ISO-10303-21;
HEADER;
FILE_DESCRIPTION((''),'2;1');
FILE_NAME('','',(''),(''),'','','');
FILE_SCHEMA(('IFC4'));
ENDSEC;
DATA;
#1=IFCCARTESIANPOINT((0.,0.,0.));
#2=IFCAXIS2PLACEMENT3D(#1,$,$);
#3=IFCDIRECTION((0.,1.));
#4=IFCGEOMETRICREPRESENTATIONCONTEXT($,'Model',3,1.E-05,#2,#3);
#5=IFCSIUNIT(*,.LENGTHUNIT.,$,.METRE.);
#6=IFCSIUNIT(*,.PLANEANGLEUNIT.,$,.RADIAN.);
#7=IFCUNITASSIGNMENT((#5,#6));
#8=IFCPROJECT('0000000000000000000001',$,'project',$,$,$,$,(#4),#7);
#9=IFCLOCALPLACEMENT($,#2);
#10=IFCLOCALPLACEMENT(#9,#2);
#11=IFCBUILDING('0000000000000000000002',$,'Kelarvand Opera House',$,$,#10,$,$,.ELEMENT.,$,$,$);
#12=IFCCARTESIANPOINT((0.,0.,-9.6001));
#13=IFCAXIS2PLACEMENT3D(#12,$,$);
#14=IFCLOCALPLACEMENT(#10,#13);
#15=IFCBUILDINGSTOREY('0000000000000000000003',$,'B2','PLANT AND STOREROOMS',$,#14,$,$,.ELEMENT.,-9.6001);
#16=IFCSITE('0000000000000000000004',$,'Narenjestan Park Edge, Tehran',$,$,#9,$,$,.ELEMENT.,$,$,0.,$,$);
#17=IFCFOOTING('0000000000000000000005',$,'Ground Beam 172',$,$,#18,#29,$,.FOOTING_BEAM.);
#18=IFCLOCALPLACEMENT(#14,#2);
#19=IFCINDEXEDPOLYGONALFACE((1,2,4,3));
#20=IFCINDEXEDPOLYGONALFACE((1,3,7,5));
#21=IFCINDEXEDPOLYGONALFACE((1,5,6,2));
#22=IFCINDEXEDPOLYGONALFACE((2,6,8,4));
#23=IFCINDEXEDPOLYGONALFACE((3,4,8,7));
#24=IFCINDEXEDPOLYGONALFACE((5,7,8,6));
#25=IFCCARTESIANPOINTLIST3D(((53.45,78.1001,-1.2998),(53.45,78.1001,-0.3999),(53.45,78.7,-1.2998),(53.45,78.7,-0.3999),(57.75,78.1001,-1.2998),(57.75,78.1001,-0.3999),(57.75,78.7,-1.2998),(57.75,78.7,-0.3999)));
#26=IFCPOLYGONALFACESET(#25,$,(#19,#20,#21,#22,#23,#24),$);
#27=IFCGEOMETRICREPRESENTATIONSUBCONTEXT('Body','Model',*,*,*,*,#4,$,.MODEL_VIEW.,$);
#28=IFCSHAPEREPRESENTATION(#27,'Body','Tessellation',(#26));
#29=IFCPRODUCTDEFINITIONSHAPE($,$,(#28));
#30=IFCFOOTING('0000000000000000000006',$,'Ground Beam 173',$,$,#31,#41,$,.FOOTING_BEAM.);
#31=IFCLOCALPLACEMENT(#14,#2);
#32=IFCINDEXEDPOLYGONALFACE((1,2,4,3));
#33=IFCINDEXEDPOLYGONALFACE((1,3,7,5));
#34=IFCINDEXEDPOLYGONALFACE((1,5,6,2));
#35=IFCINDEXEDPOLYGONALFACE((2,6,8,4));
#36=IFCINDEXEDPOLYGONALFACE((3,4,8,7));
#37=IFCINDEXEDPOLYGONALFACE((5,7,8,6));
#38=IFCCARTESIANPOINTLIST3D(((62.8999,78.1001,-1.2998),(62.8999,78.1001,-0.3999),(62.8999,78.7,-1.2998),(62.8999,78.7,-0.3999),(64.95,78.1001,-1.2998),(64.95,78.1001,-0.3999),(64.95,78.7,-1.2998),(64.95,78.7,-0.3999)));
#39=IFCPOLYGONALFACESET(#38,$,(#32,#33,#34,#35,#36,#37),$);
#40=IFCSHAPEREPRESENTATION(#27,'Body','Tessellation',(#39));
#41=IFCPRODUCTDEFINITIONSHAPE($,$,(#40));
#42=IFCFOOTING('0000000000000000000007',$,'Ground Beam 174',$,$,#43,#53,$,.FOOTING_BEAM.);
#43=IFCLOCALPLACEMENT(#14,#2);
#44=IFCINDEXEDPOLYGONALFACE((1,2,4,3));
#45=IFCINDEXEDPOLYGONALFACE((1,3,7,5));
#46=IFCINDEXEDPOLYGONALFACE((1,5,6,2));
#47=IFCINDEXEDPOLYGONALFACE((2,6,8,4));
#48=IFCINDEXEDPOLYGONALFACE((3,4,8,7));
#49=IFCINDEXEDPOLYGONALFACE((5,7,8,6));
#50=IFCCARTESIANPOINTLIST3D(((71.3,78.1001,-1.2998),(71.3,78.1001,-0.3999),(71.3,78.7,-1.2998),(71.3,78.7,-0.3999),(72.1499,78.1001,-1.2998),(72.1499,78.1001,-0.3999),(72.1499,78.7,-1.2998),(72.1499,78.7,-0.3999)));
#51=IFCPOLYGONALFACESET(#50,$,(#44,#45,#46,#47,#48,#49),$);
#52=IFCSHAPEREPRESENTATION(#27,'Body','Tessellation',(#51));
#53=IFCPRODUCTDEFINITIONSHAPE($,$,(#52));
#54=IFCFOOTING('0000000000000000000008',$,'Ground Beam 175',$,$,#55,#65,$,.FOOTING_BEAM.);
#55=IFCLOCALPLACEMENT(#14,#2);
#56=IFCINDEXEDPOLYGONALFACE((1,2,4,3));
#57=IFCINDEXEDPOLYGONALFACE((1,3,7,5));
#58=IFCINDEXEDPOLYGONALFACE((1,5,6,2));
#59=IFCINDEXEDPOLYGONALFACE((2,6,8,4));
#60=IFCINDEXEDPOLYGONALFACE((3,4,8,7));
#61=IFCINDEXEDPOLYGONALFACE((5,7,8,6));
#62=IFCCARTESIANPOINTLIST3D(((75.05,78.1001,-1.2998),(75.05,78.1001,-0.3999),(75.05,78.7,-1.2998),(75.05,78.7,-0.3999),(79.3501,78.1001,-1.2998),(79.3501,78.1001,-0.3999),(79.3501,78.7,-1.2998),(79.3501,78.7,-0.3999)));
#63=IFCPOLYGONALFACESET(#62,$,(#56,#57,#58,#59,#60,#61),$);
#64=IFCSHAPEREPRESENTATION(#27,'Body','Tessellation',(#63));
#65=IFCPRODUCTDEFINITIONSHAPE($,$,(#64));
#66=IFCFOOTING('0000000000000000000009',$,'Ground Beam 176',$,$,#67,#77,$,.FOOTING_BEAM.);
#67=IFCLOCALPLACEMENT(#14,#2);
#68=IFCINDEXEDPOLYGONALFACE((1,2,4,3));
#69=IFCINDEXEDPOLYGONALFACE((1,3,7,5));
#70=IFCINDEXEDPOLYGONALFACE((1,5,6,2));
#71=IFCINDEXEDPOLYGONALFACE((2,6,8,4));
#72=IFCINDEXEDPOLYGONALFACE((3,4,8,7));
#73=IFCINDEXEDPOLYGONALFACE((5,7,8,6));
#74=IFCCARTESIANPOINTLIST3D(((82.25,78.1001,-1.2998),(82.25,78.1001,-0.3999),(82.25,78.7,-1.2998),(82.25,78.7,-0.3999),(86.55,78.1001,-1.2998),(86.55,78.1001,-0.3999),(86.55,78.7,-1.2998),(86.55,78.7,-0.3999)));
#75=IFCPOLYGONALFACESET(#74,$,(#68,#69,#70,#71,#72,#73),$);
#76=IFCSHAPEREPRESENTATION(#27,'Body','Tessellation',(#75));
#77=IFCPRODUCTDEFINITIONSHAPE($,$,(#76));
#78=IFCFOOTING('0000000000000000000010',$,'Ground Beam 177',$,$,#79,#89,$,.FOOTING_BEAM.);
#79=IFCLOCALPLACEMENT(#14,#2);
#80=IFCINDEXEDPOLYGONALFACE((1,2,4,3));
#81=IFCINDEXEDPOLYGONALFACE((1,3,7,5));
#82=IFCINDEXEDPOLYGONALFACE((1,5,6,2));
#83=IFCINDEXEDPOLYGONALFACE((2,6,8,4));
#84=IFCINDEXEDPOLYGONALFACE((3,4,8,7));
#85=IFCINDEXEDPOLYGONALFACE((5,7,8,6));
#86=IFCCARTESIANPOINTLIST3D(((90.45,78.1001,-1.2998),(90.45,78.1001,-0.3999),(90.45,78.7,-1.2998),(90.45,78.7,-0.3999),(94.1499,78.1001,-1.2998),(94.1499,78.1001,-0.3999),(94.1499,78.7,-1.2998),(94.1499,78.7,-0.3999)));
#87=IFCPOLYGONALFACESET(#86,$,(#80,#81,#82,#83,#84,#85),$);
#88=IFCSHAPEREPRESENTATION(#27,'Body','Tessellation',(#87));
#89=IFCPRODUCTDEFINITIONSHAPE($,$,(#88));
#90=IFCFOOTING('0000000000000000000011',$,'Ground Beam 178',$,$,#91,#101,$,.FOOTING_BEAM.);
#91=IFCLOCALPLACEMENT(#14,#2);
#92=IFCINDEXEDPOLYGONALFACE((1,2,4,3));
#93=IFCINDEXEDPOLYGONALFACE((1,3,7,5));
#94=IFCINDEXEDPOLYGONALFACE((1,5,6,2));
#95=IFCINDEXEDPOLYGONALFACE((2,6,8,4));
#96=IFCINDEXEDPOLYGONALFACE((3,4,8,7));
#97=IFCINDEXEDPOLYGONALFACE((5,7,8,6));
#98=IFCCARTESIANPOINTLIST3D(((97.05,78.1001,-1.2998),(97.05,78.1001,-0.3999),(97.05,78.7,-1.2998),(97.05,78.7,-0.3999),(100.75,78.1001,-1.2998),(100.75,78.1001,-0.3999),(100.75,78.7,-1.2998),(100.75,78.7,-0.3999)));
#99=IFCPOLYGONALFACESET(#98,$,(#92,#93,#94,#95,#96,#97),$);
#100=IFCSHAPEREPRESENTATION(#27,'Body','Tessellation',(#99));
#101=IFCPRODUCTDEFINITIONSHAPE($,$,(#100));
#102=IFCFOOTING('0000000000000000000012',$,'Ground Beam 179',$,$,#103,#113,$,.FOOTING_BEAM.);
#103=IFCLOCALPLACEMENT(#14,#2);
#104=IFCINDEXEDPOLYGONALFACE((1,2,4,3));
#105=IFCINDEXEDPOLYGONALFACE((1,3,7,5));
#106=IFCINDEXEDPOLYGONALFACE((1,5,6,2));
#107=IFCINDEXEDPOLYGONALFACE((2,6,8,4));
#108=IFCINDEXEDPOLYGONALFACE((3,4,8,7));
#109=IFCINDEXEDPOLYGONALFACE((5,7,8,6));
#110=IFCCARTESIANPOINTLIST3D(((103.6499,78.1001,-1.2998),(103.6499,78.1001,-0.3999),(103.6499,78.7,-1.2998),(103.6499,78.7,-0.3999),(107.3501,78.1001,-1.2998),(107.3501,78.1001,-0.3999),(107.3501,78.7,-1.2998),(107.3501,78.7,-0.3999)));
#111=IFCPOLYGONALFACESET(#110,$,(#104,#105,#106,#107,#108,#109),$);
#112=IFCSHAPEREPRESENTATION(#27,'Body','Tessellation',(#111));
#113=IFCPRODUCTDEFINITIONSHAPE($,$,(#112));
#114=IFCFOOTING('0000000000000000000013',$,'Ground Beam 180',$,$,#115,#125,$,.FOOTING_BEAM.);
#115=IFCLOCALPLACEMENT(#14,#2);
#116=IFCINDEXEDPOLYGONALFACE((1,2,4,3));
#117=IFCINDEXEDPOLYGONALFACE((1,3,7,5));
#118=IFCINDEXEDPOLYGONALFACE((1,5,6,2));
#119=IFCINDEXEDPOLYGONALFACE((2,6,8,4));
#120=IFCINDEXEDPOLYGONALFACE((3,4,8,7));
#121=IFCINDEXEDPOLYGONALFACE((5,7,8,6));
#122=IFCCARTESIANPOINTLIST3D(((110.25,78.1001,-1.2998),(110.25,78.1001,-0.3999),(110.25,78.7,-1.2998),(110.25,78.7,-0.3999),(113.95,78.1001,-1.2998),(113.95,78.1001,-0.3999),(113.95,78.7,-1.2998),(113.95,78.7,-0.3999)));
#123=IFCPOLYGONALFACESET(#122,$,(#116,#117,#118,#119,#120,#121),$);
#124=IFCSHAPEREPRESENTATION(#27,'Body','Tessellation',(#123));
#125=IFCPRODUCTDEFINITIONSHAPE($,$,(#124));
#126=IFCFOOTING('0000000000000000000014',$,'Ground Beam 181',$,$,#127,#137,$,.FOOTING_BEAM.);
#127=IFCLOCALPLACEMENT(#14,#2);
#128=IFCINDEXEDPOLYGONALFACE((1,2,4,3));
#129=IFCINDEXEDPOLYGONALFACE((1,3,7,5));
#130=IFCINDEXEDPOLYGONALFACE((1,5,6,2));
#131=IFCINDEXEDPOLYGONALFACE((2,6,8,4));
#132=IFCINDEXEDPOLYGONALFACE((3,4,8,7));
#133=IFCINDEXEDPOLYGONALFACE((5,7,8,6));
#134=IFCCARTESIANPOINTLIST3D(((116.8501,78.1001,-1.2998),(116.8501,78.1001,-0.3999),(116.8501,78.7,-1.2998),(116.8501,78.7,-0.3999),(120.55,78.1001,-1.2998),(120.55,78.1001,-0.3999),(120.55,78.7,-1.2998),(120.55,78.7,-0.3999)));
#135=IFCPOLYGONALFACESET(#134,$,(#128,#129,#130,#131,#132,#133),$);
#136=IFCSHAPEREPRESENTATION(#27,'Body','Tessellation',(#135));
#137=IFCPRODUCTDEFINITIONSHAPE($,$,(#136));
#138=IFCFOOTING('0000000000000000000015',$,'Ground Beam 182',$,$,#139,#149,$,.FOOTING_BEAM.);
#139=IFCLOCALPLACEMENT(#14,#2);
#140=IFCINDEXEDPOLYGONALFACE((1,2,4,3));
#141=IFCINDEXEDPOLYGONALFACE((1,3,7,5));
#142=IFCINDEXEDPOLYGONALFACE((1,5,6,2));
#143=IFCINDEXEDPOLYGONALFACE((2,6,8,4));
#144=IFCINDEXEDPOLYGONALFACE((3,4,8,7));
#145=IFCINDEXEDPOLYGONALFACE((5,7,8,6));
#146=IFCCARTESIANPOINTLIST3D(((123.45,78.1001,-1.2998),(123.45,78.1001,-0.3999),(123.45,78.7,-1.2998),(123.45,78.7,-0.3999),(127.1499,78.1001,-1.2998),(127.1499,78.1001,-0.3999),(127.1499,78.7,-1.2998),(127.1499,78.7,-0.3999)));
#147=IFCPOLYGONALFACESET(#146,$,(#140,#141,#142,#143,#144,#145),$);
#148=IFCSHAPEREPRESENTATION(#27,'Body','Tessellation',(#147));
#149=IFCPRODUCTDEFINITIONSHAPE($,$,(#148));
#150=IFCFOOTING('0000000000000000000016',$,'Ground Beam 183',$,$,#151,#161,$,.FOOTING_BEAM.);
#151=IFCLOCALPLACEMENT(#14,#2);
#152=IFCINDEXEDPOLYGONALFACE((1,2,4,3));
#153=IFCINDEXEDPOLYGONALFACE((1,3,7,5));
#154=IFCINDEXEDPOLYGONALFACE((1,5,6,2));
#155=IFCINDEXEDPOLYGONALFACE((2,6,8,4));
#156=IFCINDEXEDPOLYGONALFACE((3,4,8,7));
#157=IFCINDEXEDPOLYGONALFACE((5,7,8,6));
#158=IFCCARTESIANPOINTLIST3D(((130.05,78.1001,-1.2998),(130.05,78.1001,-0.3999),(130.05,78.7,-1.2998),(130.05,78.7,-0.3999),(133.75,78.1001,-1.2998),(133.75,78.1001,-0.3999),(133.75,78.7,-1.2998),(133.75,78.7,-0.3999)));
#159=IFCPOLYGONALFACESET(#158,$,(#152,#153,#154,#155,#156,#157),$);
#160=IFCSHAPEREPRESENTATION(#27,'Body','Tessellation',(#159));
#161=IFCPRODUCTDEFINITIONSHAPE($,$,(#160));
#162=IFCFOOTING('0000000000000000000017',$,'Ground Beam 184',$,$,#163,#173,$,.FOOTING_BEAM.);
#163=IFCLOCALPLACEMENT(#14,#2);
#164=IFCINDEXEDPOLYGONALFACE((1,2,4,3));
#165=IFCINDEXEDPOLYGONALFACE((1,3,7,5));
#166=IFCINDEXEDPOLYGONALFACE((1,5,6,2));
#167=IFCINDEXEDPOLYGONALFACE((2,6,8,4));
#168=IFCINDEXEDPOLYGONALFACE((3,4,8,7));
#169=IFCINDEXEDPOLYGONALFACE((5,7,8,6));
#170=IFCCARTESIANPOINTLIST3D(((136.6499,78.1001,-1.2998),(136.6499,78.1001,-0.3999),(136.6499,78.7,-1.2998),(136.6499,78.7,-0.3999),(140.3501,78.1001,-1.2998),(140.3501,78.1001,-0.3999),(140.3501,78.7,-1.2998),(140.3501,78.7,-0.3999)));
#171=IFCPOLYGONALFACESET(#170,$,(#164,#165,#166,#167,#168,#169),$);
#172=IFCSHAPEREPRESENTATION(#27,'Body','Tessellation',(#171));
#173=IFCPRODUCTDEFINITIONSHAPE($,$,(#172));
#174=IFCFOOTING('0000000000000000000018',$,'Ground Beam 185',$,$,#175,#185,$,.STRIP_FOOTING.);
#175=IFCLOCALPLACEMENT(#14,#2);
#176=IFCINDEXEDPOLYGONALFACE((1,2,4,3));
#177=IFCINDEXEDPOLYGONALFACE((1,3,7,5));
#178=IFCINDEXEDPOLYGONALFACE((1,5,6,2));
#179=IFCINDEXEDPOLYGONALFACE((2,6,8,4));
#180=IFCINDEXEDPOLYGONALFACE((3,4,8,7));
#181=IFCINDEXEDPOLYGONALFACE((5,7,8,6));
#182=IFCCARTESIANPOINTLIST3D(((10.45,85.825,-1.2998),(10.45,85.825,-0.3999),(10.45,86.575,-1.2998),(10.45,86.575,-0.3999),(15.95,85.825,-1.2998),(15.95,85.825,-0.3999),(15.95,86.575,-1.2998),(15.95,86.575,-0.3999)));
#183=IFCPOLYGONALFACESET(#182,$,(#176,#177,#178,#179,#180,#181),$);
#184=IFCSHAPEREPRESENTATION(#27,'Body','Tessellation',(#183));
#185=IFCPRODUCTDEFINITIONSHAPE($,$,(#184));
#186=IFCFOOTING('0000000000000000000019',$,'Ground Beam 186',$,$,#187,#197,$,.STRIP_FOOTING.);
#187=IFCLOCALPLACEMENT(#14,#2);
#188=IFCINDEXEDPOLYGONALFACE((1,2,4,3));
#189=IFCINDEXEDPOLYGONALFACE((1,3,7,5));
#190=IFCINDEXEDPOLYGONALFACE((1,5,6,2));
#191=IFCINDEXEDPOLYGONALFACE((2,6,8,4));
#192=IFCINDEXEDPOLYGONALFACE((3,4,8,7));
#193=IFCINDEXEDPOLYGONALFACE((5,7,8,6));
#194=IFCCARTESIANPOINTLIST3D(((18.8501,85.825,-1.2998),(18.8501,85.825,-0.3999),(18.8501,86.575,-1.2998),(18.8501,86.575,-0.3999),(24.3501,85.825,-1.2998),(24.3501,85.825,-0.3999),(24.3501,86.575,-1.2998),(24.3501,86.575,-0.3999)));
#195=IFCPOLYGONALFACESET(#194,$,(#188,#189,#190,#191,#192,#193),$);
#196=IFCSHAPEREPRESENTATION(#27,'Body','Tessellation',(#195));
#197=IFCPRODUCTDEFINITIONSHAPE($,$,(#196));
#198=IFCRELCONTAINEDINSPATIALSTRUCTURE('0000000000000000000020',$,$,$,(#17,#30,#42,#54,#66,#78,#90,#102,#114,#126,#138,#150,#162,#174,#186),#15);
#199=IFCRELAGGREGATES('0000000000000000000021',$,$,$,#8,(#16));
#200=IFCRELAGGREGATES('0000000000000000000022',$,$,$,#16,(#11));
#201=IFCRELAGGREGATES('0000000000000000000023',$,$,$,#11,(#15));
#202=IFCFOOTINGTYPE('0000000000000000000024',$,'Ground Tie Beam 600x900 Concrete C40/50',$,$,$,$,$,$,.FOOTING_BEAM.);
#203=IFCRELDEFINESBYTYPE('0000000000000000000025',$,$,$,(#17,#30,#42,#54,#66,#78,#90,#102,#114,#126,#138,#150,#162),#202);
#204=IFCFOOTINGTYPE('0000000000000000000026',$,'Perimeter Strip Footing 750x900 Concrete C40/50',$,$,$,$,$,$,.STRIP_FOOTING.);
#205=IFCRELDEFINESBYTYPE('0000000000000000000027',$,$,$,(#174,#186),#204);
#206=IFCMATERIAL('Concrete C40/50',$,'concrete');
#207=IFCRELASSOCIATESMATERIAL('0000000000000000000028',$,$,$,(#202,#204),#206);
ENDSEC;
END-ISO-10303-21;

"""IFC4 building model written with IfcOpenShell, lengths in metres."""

from ifc_helpers import new_model, si_unit, direction, frame, origin, place, context, subcontext, project, spatial, polyline, outline, extrude, material, type_object, element, save


model = new_model("IFC4")

# Units and contexts
model_context = context("Model", 3, precision=1e-05, world=origin(), true_north=direction((0.0, 1.0)))
body_context = subcontext(model_context, "Body", "Model", "MODEL_VIEW")
ifc_project = project(units=[si_unit("LENGTHUNIT", "METRE"), si_unit("PLANEANGLEUNIT", "RADIAN")], contexts=[model_context])

# Site, building, storey
site_placement = place(None, origin())
site = spatial("IfcSite", under=ifc_project, at=site_placement, Name="Narenjestan Park Edge, Tehran", CompositionType="ELEMENT", RefElevation=0.0)
building_placement = place(site_placement, origin())
building = spatial("IfcBuilding", under=site, at=building_placement, Name="Kelarvand Opera House", CompositionType="ELEMENT")
storey_placement = place(building_placement, frame((0.0, 0.0, -9.6001)))
storey = spatial("IfcBuildingStorey", under=building, at=storey_placement, Name="B2", Description="PLANT AND STOREROOMS", CompositionType="ELEMENT", Elevation=-9.6001)

# Footings
ifc_material = material(Name="Concrete C40/50", Category="concrete")
footing_type_1 = type_object("IfcFootingType", Name="Ground Tie Beam 600x900 Concrete C40/50", PredefinedType="FOOTING_BEAM", material=ifc_material)
footing_1_placement = place(storey_placement, frame((0.0, 0.0, -1.2998)))
element("IfcFooting", 1, at=footing_1_placement, inside=storey, type_object=footing_type_1, Name="Ground Beam 172", PredefinedType="FOOTING_BEAM", context=body_context, shape_type="SweptSolid", body=[
    extrude(outline(polyline([(53.45, 78.1001), (57.75, 78.1001), (57.75, 78.7), (53.45, 78.7), (53.45, 78.1001)])), origin(), (0.0, 0.0, 1.0), 0.8999),
])
footing_2_placement = place(storey_placement, frame((0.0, 0.0, -1.2998)))
element("IfcFooting", 2, at=footing_2_placement, inside=storey, type_object=footing_type_1, Name="Ground Beam 173", PredefinedType="FOOTING_BEAM", context=body_context, shape_type="SweptSolid", body=[
    extrude(outline(polyline([(62.8999, 78.1001), (64.95, 78.1001), (64.95, 78.7), (62.8999, 78.7), (62.8999, 78.1001)])), origin(), (0.0, 0.0, 1.0), 0.8999),
])
footing_3_placement = place(storey_placement, frame((0.0, 0.0, -1.2998)))
element("IfcFooting", 3, at=footing_3_placement, inside=storey, type_object=footing_type_1, Name="Ground Beam 174", PredefinedType="FOOTING_BEAM", context=body_context, shape_type="SweptSolid", body=[
    extrude(outline(polyline([(71.3, 78.1001), (72.1499, 78.1001), (72.1499, 78.7), (71.3, 78.7), (71.3, 78.1001)])), origin(), (0.0, 0.0, 1.0), 0.8999),
])
footing_4_placement = place(storey_placement, frame((0.0, 0.0, -1.2998)))
element("IfcFooting", 4, at=footing_4_placement, inside=storey, type_object=footing_type_1, Name="Ground Beam 175", PredefinedType="FOOTING_BEAM", context=body_context, shape_type="SweptSolid", body=[
    extrude(outline(polyline([(75.05, 78.1001), (79.3501, 78.1001), (79.3501, 78.7), (75.05, 78.7), (75.05, 78.1001)])), origin(), (0.0, 0.0, 1.0), 0.8999),
])
footing_5_placement = place(storey_placement, frame((0.0, 0.0, -1.2998)))
element("IfcFooting", 5, at=footing_5_placement, inside=storey, type_object=footing_type_1, Name="Ground Beam 176", PredefinedType="FOOTING_BEAM", context=body_context, shape_type="SweptSolid", body=[
    extrude(outline(polyline([(82.25, 78.1001), (86.55, 78.1001), (86.55, 78.7), (82.25, 78.7), (82.25, 78.1001)])), origin(), (0.0, 0.0, 1.0), 0.8999),
])
footing_6_placement = place(storey_placement, frame((0.0, 0.0, -1.2998)))
element("IfcFooting", 6, at=footing_6_placement, inside=storey, type_object=footing_type_1, Name="Ground Beam 177", PredefinedType="FOOTING_BEAM", context=body_context, shape_type="SweptSolid", body=[
    extrude(outline(polyline([(90.45, 78.1001), (94.1499, 78.1001), (94.1499, 78.7), (90.45, 78.7), (90.45, 78.1001)])), origin(), (0.0, 0.0, 1.0), 0.8999),
])
footing_7_placement = place(storey_placement, frame((0.0, 0.0, -1.2998)))
element("IfcFooting", 7, at=footing_7_placement, inside=storey, type_object=footing_type_1, Name="Ground Beam 178", PredefinedType="FOOTING_BEAM", context=body_context, shape_type="SweptSolid", body=[
    extrude(outline(polyline([(97.05, 78.1001), (100.75, 78.1001), (100.75, 78.7), (97.05, 78.7), (97.05, 78.1001)])), origin(), (0.0, 0.0, 1.0), 0.8999),
])
footing_8_placement = place(storey_placement, frame((0.0, 0.0, -1.2998)))
element("IfcFooting", 8, at=footing_8_placement, inside=storey, type_object=footing_type_1, Name="Ground Beam 179", PredefinedType="FOOTING_BEAM", context=body_context, shape_type="SweptSolid", body=[
    extrude(outline(polyline([(103.6499, 78.1001), (107.3501, 78.1001), (107.3501, 78.7), (103.6499, 78.7), (103.6499, 78.1001)])), origin(), (0.0, 0.0, 1.0), 0.8999),
])
footing_9_placement = place(storey_placement, frame((0.0, 0.0, -1.2998)))
element("IfcFooting", 9, at=footing_9_placement, inside=storey, type_object=footing_type_1, Name="Ground Beam 180", PredefinedType="FOOTING_BEAM", context=body_context, shape_type="SweptSolid", body=[
    extrude(outline(polyline([(110.25, 78.1001), (113.95, 78.1001), (113.95, 78.7), (110.25, 78.7), (110.25, 78.1001)])), origin(), (0.0, 0.0, 1.0), 0.8999),
])
footing_10_placement = place(storey_placement, frame((0.0, 0.0, -1.2998)))
element("IfcFooting", 10, at=footing_10_placement, inside=storey, type_object=footing_type_1, Name="Ground Beam 181", PredefinedType="FOOTING_BEAM", context=body_context, shape_type="SweptSolid", body=[
    extrude(outline(polyline([(116.8501, 78.1001), (120.55, 78.1001), (120.55, 78.7), (116.8501, 78.7), (116.8501, 78.1001)])), origin(), (0.0, 0.0, 1.0), 0.8999),
])
footing_11_placement = place(storey_placement, frame((0.0, 0.0, -1.2998)))
element("IfcFooting", 11, at=footing_11_placement, inside=storey, type_object=footing_type_1, Name="Ground Beam 182", PredefinedType="FOOTING_BEAM", context=body_context, shape_type="SweptSolid", body=[
    extrude(outline(polyline([(123.45, 78.1001), (127.1499, 78.1001), (127.1499, 78.7), (123.45, 78.7), (123.45, 78.1001)])), origin(), (0.0, 0.0, 1.0), 0.8999),
])
footing_12_placement = place(storey_placement, frame((0.0, 0.0, -1.2998)))
element("IfcFooting", 12, at=footing_12_placement, inside=storey, type_object=footing_type_1, Name="Ground Beam 183", PredefinedType="FOOTING_BEAM", context=body_context, shape_type="SweptSolid", body=[
    extrude(outline(polyline([(130.05, 78.1001), (133.75, 78.1001), (133.75, 78.7), (130.05, 78.7), (130.05, 78.1001)])), origin(), (0.0, 0.0, 1.0), 0.8999),
])
footing_13_placement = place(storey_placement, frame((0.0, 0.0, -1.2998)))
element("IfcFooting", 13, at=footing_13_placement, inside=storey, type_object=footing_type_1, Name="Ground Beam 184", PredefinedType="FOOTING_BEAM", context=body_context, shape_type="SweptSolid", body=[
    extrude(outline(polyline([(136.6499, 78.1001), (140.3501, 78.1001), (140.3501, 78.7), (136.6499, 78.7), (136.6499, 78.1001)])), origin(), (0.0, 0.0, 1.0), 0.8999),
])
footing_type_2 = type_object("IfcFootingType", Name="Perimeter Strip Footing 750x900 Concrete C40/50", PredefinedType="STRIP_FOOTING", material=ifc_material)
footing_14_placement = place(storey_placement, frame((0.0, 0.0, -1.2998)))
element("IfcFooting", 14, at=footing_14_placement, inside=storey, type_object=footing_type_2, Name="Ground Beam 185", PredefinedType="STRIP_FOOTING", context=body_context, shape_type="SweptSolid", body=[
    extrude(outline(polyline([(10.45, 85.825), (15.95, 85.825), (15.95, 86.575), (10.45, 86.575), (10.45, 85.825)])), origin(), (0.0, 0.0, 1.0), 0.8999),
])
footing_15_placement = place(storey_placement, frame((0.0, 0.0, -1.2998)))
element("IfcFooting", 15, at=footing_15_placement, inside=storey, type_object=footing_type_2, Name="Ground Beam 186", PredefinedType="STRIP_FOOTING", context=body_context, shape_type="SweptSolid", body=[
    extrude(outline(polyline([(18.8501, 85.825), (24.3501, 85.825), (24.3501, 86.575), (18.8501, 86.575), (18.8501, 85.825)])), origin(), (0.0, 0.0, 1.0), 0.8999),
])

save(model, "model.ifc")
